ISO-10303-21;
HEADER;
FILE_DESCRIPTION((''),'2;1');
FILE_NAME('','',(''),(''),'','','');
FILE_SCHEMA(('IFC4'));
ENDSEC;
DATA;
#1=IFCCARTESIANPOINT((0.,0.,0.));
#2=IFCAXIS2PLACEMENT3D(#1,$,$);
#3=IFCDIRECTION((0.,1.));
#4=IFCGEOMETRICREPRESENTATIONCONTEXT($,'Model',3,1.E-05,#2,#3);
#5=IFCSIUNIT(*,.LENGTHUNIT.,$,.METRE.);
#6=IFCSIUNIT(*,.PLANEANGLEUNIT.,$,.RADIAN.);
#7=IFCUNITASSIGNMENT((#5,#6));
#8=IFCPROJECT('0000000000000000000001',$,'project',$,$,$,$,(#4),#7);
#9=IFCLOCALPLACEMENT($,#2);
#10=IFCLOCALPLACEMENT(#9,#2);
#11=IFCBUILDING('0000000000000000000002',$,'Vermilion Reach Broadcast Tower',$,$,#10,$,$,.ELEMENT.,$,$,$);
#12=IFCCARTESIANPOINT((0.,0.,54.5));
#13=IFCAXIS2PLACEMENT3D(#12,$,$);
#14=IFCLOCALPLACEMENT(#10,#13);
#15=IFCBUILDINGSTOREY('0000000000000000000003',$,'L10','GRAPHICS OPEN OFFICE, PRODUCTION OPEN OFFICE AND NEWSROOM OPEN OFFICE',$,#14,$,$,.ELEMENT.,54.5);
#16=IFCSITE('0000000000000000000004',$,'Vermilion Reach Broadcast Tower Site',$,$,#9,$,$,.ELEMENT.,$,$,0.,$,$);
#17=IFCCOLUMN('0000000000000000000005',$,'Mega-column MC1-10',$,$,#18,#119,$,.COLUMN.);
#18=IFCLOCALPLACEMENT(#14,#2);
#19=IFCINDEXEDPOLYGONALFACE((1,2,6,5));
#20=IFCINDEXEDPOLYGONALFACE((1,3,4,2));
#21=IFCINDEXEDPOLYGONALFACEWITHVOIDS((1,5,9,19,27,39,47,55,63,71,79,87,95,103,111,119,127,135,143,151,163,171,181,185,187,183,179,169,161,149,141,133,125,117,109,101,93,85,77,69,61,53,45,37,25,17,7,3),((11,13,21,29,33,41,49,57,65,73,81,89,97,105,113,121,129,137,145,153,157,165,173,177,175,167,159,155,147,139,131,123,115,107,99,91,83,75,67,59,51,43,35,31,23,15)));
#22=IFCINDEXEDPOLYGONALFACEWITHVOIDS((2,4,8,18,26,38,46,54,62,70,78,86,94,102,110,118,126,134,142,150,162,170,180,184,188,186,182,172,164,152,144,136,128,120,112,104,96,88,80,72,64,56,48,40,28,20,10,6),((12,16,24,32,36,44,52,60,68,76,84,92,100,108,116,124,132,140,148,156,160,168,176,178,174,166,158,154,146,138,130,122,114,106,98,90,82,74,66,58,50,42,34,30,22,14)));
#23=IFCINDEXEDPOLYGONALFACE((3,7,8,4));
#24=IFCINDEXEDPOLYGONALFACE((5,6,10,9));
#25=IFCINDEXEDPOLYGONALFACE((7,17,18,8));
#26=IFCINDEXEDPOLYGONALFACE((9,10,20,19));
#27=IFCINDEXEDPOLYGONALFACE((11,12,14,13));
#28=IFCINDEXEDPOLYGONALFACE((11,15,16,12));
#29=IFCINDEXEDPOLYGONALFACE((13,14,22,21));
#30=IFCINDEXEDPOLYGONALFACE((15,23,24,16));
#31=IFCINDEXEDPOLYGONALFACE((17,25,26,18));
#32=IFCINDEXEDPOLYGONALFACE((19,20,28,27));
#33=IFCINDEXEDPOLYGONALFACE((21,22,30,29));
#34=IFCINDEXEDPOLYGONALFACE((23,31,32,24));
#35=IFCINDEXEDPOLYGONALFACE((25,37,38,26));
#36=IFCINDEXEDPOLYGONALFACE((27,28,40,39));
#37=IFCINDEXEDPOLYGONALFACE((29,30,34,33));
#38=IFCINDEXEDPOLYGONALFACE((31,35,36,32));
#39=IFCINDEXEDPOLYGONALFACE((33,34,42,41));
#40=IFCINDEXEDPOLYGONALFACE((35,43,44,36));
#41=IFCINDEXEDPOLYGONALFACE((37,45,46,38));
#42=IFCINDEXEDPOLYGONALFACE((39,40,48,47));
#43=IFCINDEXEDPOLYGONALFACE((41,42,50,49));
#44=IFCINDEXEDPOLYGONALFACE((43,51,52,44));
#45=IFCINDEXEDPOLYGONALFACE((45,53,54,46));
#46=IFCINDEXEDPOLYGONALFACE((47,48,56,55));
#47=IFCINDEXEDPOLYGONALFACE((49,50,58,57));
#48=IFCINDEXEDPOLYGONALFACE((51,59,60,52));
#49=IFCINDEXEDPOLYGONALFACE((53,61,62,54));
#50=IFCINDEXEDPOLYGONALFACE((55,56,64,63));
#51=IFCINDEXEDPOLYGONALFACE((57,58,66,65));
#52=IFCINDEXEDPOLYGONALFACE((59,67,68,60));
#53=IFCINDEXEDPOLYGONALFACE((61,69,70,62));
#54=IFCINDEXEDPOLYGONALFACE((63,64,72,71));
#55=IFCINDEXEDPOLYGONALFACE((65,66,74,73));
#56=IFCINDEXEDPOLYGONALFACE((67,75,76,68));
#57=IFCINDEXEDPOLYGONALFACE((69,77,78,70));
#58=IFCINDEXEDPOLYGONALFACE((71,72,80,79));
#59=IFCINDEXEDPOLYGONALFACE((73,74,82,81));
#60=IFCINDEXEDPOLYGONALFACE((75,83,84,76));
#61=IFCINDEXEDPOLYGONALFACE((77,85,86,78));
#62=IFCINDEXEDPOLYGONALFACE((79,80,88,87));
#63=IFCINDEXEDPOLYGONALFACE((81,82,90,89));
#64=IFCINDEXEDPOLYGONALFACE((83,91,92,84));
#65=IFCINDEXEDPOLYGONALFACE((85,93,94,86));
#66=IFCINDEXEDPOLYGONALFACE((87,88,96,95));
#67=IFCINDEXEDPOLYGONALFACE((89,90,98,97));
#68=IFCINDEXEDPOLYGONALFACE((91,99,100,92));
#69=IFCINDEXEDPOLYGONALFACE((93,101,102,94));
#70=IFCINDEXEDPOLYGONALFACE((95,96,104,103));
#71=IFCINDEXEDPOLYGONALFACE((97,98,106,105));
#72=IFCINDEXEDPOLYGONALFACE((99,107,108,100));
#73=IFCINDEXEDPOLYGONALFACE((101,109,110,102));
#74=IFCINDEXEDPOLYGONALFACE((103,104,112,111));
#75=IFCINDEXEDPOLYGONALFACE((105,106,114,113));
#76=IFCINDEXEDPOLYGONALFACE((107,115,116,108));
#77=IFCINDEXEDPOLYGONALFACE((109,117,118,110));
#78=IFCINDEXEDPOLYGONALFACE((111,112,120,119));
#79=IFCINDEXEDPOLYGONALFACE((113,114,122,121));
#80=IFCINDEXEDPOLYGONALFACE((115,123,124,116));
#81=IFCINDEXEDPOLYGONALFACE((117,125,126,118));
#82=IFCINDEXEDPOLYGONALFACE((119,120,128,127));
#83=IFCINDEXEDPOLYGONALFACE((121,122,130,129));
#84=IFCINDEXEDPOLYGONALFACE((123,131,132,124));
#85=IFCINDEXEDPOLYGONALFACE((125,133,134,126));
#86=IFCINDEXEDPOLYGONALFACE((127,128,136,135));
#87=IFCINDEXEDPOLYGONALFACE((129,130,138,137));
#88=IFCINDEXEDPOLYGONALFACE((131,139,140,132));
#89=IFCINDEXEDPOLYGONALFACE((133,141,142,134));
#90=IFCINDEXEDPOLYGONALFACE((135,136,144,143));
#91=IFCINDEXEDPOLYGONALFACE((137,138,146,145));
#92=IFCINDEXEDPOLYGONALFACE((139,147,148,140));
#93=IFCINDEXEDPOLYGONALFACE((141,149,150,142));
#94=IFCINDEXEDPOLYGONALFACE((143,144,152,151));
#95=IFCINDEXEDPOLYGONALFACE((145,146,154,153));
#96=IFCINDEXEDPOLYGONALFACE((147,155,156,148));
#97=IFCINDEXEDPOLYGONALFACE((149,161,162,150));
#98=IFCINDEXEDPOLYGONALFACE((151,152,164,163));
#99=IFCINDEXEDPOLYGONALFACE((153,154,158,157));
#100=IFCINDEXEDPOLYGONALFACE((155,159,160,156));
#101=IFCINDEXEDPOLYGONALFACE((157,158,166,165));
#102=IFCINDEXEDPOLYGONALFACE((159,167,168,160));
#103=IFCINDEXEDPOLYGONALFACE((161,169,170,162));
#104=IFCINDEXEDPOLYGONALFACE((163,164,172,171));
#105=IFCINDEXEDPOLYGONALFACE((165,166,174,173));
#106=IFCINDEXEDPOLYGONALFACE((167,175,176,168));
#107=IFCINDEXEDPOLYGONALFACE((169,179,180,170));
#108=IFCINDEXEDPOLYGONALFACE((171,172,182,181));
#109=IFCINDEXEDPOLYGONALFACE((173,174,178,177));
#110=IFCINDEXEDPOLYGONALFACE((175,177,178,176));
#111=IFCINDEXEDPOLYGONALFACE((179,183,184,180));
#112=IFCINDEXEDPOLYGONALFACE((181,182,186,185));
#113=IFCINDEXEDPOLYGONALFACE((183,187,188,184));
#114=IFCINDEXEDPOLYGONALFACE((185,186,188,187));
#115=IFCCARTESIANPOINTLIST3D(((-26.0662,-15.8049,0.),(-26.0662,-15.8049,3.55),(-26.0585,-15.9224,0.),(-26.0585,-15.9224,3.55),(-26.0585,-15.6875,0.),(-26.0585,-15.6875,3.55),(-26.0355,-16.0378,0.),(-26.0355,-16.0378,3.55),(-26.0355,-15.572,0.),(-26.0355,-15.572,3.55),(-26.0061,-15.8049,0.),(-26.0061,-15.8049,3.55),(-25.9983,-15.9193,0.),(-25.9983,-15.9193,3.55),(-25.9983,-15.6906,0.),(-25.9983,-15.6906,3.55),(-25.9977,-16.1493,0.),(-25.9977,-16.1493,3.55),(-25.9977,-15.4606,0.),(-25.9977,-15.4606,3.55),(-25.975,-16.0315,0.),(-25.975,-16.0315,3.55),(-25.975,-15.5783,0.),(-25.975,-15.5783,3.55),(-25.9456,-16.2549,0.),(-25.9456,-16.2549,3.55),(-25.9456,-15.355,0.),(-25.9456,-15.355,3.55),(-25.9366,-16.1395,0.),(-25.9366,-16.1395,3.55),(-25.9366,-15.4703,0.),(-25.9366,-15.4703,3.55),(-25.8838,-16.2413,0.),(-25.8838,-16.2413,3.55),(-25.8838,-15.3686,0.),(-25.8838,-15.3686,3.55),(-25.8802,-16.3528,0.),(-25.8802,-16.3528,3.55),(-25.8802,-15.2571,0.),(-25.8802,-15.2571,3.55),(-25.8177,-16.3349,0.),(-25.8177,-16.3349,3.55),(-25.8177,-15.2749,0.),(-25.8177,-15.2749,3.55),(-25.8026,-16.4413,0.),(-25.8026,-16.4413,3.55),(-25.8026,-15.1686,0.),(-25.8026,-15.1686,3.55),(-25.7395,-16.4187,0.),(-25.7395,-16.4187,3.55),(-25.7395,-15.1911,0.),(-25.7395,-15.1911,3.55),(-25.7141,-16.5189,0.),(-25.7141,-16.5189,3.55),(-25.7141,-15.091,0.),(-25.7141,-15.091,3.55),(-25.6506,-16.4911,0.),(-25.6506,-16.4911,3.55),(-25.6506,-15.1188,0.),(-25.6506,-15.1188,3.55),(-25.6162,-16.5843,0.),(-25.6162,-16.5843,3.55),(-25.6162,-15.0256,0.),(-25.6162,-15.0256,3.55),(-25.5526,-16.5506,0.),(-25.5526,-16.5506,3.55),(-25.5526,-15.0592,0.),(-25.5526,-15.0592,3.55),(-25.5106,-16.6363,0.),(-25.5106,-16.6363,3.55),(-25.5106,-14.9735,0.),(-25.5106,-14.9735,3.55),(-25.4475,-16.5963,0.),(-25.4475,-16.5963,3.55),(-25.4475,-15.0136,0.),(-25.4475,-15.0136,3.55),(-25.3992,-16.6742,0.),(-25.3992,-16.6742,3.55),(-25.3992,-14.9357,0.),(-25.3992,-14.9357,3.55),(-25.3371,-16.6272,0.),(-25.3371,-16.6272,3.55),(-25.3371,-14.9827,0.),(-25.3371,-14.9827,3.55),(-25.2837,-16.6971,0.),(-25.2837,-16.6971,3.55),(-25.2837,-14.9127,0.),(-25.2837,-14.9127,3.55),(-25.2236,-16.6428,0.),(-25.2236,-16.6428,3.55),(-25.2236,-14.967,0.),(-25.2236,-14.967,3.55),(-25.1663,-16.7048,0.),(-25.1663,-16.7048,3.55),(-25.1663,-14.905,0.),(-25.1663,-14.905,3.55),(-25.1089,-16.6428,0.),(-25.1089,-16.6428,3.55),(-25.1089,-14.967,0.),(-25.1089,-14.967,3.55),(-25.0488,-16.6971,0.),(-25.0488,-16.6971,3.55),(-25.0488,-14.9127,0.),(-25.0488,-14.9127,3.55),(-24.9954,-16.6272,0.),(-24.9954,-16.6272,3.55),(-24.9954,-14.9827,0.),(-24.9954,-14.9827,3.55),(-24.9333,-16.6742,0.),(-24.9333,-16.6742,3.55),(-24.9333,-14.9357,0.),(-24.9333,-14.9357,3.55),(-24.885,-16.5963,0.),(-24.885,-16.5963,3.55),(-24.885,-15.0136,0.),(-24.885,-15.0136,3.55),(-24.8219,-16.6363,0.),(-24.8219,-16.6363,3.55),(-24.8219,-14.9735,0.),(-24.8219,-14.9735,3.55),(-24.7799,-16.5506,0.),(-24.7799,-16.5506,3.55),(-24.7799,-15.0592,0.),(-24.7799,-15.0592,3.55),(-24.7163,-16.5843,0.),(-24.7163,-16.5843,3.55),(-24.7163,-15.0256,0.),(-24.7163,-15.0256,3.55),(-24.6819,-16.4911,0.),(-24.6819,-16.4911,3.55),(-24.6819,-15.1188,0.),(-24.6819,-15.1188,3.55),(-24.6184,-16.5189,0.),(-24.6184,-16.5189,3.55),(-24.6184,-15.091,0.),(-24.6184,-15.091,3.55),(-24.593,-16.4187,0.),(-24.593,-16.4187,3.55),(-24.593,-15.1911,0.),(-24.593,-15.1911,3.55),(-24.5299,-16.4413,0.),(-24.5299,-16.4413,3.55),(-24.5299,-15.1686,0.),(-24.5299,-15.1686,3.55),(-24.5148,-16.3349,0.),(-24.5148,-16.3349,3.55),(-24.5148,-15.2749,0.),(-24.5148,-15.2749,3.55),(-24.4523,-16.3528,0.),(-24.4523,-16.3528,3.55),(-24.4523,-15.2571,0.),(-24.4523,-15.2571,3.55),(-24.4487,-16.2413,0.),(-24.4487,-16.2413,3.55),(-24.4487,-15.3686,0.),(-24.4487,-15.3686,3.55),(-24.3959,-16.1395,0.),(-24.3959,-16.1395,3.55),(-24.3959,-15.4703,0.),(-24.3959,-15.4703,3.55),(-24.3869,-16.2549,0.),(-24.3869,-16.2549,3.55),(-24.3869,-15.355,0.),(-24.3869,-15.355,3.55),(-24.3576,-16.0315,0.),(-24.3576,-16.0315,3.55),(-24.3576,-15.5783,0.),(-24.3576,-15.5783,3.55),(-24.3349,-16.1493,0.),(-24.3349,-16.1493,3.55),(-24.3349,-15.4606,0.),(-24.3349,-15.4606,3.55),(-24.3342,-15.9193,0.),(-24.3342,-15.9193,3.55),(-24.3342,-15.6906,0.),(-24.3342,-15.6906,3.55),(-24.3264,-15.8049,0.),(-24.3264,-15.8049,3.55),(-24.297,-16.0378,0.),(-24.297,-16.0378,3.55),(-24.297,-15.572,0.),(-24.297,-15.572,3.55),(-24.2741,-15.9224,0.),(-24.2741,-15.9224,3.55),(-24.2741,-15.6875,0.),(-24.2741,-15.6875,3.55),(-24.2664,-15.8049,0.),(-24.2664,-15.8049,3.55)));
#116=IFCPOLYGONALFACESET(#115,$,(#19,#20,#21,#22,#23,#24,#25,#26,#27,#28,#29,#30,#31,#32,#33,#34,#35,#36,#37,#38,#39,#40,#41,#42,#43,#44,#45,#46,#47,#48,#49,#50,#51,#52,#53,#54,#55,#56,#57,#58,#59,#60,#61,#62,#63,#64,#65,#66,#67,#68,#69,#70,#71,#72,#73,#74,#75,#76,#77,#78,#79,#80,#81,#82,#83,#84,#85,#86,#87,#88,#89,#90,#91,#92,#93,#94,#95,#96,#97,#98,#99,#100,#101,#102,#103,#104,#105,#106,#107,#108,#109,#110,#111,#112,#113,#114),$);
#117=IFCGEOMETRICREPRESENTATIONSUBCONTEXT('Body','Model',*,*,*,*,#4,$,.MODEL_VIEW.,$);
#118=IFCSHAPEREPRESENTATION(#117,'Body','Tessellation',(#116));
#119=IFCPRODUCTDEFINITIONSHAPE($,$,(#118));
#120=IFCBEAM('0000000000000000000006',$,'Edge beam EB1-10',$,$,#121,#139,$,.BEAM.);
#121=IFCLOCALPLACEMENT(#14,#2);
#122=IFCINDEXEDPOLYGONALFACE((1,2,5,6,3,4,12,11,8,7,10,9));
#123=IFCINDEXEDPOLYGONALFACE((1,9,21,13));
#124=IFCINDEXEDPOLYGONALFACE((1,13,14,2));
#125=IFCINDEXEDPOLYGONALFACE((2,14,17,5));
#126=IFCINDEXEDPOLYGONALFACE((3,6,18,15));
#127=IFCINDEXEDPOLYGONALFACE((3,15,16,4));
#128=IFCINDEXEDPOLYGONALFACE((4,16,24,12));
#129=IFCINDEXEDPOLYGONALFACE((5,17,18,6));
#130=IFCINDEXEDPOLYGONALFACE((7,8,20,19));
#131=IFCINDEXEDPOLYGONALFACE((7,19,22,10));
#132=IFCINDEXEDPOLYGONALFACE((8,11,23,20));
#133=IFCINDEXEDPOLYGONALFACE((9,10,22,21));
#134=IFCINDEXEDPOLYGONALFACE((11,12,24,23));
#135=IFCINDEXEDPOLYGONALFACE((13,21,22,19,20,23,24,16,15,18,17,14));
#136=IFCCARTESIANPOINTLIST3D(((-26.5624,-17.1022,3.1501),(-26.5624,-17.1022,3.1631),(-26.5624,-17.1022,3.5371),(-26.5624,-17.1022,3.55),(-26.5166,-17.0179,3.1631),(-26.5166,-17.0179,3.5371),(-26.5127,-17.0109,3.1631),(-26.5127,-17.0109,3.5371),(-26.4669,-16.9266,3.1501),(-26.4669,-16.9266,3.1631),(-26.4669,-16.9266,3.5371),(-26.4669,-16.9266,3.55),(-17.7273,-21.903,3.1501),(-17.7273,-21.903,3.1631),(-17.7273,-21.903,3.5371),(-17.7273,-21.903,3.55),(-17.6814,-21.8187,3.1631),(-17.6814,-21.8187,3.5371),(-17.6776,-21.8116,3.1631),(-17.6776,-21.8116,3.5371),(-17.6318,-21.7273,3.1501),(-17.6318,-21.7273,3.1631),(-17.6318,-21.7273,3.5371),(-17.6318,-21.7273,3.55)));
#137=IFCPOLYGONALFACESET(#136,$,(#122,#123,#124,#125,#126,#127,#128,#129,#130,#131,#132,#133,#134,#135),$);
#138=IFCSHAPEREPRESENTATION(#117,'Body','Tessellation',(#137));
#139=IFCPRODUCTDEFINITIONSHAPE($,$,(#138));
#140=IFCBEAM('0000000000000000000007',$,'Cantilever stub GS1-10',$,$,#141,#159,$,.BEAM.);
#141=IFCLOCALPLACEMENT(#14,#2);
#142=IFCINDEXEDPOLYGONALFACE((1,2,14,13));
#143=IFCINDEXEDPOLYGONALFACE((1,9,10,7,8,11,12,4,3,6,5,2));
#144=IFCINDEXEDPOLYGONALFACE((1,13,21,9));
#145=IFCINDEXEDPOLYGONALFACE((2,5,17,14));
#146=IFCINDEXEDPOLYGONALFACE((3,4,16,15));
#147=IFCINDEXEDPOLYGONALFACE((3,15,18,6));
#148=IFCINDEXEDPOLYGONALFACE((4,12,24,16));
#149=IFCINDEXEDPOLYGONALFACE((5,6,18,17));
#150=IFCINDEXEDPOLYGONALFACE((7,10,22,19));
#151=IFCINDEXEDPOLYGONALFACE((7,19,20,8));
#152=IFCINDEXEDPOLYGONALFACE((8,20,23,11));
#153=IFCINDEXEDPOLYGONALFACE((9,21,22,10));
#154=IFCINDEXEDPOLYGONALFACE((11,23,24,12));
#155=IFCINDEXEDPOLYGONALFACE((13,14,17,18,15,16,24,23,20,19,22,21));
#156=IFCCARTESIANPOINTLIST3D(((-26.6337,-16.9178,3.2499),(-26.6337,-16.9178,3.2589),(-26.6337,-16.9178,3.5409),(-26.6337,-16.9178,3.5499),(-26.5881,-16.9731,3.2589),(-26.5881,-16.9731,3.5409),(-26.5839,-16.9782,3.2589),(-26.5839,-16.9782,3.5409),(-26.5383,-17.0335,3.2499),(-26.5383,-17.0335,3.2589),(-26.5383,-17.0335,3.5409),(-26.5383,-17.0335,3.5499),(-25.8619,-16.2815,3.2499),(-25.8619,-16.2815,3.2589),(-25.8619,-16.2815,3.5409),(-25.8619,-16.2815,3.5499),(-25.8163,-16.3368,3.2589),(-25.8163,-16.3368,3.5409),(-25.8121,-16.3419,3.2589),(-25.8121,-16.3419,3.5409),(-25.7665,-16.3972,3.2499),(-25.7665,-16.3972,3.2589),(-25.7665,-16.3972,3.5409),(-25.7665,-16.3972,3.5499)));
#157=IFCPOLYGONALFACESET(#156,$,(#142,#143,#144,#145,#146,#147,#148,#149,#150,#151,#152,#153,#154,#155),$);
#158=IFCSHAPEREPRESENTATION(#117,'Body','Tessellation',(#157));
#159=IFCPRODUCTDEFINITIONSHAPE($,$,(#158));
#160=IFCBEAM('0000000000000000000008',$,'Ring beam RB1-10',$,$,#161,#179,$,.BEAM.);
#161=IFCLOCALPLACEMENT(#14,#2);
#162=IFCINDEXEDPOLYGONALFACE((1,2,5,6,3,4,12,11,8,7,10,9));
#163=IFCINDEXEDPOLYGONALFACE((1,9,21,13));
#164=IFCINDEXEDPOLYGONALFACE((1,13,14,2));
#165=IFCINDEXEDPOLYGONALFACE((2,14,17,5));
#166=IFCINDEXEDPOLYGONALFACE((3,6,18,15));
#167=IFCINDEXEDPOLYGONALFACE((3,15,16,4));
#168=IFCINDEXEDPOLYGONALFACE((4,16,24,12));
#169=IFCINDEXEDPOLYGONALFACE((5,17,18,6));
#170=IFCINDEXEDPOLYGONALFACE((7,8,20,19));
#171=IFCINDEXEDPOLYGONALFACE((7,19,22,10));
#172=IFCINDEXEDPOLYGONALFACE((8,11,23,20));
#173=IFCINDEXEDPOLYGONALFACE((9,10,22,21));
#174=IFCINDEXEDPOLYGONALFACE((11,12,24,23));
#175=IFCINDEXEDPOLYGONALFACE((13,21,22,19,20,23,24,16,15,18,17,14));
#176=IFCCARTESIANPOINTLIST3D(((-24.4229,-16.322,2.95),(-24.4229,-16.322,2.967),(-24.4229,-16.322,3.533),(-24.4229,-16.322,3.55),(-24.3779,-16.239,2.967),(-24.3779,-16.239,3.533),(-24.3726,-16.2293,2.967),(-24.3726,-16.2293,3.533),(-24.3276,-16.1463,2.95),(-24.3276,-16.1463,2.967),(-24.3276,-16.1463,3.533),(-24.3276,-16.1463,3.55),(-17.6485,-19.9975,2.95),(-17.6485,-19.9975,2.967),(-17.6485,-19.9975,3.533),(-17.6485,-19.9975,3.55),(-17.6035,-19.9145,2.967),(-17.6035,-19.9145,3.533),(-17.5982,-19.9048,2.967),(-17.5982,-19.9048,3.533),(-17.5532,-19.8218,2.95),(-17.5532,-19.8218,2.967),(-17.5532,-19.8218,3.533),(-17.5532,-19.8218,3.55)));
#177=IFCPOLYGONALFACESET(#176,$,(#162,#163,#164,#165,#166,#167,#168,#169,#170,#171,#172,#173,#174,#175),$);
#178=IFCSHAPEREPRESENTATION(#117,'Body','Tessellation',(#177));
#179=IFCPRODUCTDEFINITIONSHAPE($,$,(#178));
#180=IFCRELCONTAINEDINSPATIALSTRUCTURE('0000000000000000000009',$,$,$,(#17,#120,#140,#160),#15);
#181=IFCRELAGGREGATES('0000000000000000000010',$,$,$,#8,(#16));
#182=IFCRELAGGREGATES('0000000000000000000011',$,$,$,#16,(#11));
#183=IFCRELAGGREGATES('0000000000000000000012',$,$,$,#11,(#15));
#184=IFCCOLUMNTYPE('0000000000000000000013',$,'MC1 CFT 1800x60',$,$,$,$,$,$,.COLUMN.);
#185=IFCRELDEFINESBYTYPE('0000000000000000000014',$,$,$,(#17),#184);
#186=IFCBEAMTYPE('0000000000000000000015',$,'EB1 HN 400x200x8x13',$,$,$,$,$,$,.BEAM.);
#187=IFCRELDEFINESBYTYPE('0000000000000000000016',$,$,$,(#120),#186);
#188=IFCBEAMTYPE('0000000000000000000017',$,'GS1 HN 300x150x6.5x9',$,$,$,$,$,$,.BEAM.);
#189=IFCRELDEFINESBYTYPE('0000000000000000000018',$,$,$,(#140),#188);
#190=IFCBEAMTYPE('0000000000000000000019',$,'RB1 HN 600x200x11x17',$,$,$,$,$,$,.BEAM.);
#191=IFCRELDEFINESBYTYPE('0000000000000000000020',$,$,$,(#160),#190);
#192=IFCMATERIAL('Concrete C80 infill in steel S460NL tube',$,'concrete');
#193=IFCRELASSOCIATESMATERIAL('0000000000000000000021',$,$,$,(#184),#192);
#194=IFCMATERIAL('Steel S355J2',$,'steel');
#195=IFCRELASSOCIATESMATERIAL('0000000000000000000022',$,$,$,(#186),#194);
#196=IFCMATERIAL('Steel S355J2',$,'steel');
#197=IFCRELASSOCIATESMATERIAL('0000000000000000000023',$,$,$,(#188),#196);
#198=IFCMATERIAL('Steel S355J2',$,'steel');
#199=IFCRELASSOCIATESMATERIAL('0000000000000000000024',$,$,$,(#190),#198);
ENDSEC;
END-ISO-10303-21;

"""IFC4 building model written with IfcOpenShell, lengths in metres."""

from ifc_helpers import new_model, si_unit, direction, frame, origin, origin_2d, place, context, subcontext, project, spatial, hollow_circle, i_section, extrude, material, material_profile, profile_set, type_object, element, save


model = new_model("IFC4")

# Units and contexts
model_context = context("Model", 3, precision=1e-05, world=origin(), true_north=direction((0.0, 1.0)))
body_context = subcontext(model_context, "Body", "Model", "MODEL_VIEW")
ifc_project = project(units=[si_unit("LENGTHUNIT", "METRE"), si_unit("PLANEANGLEUNIT", "RADIAN")], contexts=[model_context])

# Site, building, storey
site_placement = place(None, origin())
site = spatial("IfcSite", under=ifc_project, at=site_placement, Name="Vermilion Reach Broadcast Tower Site", CompositionType="ELEMENT", RefElevation=0.0)
building_placement = place(site_placement, origin())
building = spatial("IfcBuilding", under=site, at=building_placement, Name="Vermilion Reach Broadcast Tower", CompositionType="ELEMENT")
storey_placement = place(building_placement, frame((0.0, 0.0, 54.5)))
storey = spatial("IfcBuildingStorey", under=building, at=storey_placement, Name="L10", Description="GRAPHICS OPEN OFFICE, PRODUCTION OPEN OFFICE AND NEWSROOM OPEN OFFICE", CompositionType="ELEMENT", Elevation=54.5)

# Column
ifc_material_1 = material(Name="Concrete C80 infill in steel S460NL tube", Category="concrete")
ifc_material_profile_1 = material_profile(ifc_material_1, hollow_circle(Radius=0.8999, WallThickness=0.0601, at=origin_2d()), Name="Concrete C80 infill in steel S460NL tube CFT 1800x60")
ifc_profile_set_1 = profile_set([ifc_material_profile_1], Name="Concrete C80 infill in steel S460NL tube")
column_type = type_object("IfcColumnType", Name="MC1 CFT 1800x60", PredefinedType="COLUMN", material=ifc_profile_set_1)
column_placement = place(storey_placement, frame((-25.1663, -15.8049, 0.0), z_axis=(0.0, 0.0, 1.0), x_axis=(1.0, 0.0, 0.0)))
element("IfcColumn", 1, at=column_placement, inside=storey, type_object=column_type, Name="Mega-column MC1-10", PredefinedType="COLUMN", context=body_context, shape_type="SweptSolid", body=[
    extrude(hollow_circle(Radius=0.8999, WallThickness=0.0601, at=origin_2d()), origin(), (0.0, 0.0, 1.0), 3.55),
])

# Beams
ifc_material_2 = material(Name="Steel S355J2", Category="steel")
ifc_material_profile_2 = material_profile(ifc_material_2, i_section(OverallWidth=0.2, OverallDepth=0.3999, WebThickness=0.0081, FlangeThickness=0.0129, at=origin_2d()), Name="S355J2 HN 400x200x8x13")
ifc_profile_set_2 = profile_set([ifc_material_profile_2], Name="Steel S355J2")
beam_type_1 = type_object("IfcBeamType", Name="EB1 HN 400x200x8x13", PredefinedType="BEAM", material=ifc_profile_set_2)
beam_1_placement = place(storey_placement, frame((-26.5146, -17.0144, 3.3501), z_axis=(0.878665, -0.47744, 0.0), x_axis=(0.47744, 0.878665, 0.0)))
element("IfcBeam", 2, at=beam_1_placement, inside=storey, type_object=beam_type_1, Name="Edge beam EB1-10", PredefinedType="BEAM", context=body_context, shape_type="SweptSolid", body=[
    extrude(i_section(OverallWidth=0.2, OverallDepth=0.3999, WebThickness=0.0081, FlangeThickness=0.0129, at=origin_2d()), origin(), (0.0, 0.0, 1.0), 10.0552),
])
ifc_material_3 = material(Name="Steel S355J2", Category="steel")
ifc_material_profile_3 = material_profile(ifc_material_3, i_section(OverallWidth=0.1499, OverallDepth=0.3, WebThickness=0.0066, FlangeThickness=0.009, at=origin_2d()), Name="S355J2 HN 300x150x6.5x9")
ifc_profile_set_3 = profile_set([ifc_material_profile_3], Name="Steel S355J2")
beam_type_2 = type_object("IfcBeamType", Name="GS1 HN 300x150x6.5x9", PredefinedType="BEAM", material=ifc_profile_set_3)
beam_2_placement = place(storey_placement, frame((-25.8142, -16.3394, 3.3999), z_axis=(-0.771592, -0.636118, 0.0), x_axis=(0.636118, -0.771592, 0.0)))
element("IfcBeam", 3, at=beam_2_placement, inside=storey, type_object=beam_type_2, Name="Cantilever stub GS1-10", PredefinedType="BEAM", context=body_context, shape_type="SweptSolid", body=[
    extrude(i_section(OverallWidth=0.1499, OverallDepth=0.3, WebThickness=0.0066, FlangeThickness=0.009, at=origin_2d()), origin(), (0.0, 0.0, 1.0), 1.0002),
])
ifc_material_4 = material(Name="Steel S355J2", Category="steel")
ifc_material_profile_4 = material_profile(ifc_material_4, i_section(OverallWidth=0.2, OverallDepth=0.6001, WebThickness=0.011, FlangeThickness=0.0171, at=origin_2d()), Name="S355J2 HN 600x200x11x17")
ifc_profile_set_4 = profile_set([ifc_material_profile_4], Name="Steel S355J2")
beam_type_3 = type_object("IfcBeamType", Name="RB1 HN 600x200x11x17", PredefinedType="BEAM", material=ifc_profile_set_4)
beam_3_placement = place(storey_placement, frame((-24.3752, -16.2341, 3.25), z_axis=(0.878962, -0.476891, 0.0), x_axis=(0.476891, 0.878962, 0.0)))
element("IfcBeam", 4, at=beam_3_placement, inside=storey, type_object=beam_type_3, Name="Ring beam RB1-10", PredefinedType="BEAM", context=body_context, shape_type="SweptSolid", body=[
    extrude(i_section(OverallWidth=0.2, OverallDepth=0.6001, WebThickness=0.011, FlangeThickness=0.0171, at=origin_2d()), origin(), (0.0, 0.0, 1.0), 7.7073),
])

save(model, "model.ifc")
